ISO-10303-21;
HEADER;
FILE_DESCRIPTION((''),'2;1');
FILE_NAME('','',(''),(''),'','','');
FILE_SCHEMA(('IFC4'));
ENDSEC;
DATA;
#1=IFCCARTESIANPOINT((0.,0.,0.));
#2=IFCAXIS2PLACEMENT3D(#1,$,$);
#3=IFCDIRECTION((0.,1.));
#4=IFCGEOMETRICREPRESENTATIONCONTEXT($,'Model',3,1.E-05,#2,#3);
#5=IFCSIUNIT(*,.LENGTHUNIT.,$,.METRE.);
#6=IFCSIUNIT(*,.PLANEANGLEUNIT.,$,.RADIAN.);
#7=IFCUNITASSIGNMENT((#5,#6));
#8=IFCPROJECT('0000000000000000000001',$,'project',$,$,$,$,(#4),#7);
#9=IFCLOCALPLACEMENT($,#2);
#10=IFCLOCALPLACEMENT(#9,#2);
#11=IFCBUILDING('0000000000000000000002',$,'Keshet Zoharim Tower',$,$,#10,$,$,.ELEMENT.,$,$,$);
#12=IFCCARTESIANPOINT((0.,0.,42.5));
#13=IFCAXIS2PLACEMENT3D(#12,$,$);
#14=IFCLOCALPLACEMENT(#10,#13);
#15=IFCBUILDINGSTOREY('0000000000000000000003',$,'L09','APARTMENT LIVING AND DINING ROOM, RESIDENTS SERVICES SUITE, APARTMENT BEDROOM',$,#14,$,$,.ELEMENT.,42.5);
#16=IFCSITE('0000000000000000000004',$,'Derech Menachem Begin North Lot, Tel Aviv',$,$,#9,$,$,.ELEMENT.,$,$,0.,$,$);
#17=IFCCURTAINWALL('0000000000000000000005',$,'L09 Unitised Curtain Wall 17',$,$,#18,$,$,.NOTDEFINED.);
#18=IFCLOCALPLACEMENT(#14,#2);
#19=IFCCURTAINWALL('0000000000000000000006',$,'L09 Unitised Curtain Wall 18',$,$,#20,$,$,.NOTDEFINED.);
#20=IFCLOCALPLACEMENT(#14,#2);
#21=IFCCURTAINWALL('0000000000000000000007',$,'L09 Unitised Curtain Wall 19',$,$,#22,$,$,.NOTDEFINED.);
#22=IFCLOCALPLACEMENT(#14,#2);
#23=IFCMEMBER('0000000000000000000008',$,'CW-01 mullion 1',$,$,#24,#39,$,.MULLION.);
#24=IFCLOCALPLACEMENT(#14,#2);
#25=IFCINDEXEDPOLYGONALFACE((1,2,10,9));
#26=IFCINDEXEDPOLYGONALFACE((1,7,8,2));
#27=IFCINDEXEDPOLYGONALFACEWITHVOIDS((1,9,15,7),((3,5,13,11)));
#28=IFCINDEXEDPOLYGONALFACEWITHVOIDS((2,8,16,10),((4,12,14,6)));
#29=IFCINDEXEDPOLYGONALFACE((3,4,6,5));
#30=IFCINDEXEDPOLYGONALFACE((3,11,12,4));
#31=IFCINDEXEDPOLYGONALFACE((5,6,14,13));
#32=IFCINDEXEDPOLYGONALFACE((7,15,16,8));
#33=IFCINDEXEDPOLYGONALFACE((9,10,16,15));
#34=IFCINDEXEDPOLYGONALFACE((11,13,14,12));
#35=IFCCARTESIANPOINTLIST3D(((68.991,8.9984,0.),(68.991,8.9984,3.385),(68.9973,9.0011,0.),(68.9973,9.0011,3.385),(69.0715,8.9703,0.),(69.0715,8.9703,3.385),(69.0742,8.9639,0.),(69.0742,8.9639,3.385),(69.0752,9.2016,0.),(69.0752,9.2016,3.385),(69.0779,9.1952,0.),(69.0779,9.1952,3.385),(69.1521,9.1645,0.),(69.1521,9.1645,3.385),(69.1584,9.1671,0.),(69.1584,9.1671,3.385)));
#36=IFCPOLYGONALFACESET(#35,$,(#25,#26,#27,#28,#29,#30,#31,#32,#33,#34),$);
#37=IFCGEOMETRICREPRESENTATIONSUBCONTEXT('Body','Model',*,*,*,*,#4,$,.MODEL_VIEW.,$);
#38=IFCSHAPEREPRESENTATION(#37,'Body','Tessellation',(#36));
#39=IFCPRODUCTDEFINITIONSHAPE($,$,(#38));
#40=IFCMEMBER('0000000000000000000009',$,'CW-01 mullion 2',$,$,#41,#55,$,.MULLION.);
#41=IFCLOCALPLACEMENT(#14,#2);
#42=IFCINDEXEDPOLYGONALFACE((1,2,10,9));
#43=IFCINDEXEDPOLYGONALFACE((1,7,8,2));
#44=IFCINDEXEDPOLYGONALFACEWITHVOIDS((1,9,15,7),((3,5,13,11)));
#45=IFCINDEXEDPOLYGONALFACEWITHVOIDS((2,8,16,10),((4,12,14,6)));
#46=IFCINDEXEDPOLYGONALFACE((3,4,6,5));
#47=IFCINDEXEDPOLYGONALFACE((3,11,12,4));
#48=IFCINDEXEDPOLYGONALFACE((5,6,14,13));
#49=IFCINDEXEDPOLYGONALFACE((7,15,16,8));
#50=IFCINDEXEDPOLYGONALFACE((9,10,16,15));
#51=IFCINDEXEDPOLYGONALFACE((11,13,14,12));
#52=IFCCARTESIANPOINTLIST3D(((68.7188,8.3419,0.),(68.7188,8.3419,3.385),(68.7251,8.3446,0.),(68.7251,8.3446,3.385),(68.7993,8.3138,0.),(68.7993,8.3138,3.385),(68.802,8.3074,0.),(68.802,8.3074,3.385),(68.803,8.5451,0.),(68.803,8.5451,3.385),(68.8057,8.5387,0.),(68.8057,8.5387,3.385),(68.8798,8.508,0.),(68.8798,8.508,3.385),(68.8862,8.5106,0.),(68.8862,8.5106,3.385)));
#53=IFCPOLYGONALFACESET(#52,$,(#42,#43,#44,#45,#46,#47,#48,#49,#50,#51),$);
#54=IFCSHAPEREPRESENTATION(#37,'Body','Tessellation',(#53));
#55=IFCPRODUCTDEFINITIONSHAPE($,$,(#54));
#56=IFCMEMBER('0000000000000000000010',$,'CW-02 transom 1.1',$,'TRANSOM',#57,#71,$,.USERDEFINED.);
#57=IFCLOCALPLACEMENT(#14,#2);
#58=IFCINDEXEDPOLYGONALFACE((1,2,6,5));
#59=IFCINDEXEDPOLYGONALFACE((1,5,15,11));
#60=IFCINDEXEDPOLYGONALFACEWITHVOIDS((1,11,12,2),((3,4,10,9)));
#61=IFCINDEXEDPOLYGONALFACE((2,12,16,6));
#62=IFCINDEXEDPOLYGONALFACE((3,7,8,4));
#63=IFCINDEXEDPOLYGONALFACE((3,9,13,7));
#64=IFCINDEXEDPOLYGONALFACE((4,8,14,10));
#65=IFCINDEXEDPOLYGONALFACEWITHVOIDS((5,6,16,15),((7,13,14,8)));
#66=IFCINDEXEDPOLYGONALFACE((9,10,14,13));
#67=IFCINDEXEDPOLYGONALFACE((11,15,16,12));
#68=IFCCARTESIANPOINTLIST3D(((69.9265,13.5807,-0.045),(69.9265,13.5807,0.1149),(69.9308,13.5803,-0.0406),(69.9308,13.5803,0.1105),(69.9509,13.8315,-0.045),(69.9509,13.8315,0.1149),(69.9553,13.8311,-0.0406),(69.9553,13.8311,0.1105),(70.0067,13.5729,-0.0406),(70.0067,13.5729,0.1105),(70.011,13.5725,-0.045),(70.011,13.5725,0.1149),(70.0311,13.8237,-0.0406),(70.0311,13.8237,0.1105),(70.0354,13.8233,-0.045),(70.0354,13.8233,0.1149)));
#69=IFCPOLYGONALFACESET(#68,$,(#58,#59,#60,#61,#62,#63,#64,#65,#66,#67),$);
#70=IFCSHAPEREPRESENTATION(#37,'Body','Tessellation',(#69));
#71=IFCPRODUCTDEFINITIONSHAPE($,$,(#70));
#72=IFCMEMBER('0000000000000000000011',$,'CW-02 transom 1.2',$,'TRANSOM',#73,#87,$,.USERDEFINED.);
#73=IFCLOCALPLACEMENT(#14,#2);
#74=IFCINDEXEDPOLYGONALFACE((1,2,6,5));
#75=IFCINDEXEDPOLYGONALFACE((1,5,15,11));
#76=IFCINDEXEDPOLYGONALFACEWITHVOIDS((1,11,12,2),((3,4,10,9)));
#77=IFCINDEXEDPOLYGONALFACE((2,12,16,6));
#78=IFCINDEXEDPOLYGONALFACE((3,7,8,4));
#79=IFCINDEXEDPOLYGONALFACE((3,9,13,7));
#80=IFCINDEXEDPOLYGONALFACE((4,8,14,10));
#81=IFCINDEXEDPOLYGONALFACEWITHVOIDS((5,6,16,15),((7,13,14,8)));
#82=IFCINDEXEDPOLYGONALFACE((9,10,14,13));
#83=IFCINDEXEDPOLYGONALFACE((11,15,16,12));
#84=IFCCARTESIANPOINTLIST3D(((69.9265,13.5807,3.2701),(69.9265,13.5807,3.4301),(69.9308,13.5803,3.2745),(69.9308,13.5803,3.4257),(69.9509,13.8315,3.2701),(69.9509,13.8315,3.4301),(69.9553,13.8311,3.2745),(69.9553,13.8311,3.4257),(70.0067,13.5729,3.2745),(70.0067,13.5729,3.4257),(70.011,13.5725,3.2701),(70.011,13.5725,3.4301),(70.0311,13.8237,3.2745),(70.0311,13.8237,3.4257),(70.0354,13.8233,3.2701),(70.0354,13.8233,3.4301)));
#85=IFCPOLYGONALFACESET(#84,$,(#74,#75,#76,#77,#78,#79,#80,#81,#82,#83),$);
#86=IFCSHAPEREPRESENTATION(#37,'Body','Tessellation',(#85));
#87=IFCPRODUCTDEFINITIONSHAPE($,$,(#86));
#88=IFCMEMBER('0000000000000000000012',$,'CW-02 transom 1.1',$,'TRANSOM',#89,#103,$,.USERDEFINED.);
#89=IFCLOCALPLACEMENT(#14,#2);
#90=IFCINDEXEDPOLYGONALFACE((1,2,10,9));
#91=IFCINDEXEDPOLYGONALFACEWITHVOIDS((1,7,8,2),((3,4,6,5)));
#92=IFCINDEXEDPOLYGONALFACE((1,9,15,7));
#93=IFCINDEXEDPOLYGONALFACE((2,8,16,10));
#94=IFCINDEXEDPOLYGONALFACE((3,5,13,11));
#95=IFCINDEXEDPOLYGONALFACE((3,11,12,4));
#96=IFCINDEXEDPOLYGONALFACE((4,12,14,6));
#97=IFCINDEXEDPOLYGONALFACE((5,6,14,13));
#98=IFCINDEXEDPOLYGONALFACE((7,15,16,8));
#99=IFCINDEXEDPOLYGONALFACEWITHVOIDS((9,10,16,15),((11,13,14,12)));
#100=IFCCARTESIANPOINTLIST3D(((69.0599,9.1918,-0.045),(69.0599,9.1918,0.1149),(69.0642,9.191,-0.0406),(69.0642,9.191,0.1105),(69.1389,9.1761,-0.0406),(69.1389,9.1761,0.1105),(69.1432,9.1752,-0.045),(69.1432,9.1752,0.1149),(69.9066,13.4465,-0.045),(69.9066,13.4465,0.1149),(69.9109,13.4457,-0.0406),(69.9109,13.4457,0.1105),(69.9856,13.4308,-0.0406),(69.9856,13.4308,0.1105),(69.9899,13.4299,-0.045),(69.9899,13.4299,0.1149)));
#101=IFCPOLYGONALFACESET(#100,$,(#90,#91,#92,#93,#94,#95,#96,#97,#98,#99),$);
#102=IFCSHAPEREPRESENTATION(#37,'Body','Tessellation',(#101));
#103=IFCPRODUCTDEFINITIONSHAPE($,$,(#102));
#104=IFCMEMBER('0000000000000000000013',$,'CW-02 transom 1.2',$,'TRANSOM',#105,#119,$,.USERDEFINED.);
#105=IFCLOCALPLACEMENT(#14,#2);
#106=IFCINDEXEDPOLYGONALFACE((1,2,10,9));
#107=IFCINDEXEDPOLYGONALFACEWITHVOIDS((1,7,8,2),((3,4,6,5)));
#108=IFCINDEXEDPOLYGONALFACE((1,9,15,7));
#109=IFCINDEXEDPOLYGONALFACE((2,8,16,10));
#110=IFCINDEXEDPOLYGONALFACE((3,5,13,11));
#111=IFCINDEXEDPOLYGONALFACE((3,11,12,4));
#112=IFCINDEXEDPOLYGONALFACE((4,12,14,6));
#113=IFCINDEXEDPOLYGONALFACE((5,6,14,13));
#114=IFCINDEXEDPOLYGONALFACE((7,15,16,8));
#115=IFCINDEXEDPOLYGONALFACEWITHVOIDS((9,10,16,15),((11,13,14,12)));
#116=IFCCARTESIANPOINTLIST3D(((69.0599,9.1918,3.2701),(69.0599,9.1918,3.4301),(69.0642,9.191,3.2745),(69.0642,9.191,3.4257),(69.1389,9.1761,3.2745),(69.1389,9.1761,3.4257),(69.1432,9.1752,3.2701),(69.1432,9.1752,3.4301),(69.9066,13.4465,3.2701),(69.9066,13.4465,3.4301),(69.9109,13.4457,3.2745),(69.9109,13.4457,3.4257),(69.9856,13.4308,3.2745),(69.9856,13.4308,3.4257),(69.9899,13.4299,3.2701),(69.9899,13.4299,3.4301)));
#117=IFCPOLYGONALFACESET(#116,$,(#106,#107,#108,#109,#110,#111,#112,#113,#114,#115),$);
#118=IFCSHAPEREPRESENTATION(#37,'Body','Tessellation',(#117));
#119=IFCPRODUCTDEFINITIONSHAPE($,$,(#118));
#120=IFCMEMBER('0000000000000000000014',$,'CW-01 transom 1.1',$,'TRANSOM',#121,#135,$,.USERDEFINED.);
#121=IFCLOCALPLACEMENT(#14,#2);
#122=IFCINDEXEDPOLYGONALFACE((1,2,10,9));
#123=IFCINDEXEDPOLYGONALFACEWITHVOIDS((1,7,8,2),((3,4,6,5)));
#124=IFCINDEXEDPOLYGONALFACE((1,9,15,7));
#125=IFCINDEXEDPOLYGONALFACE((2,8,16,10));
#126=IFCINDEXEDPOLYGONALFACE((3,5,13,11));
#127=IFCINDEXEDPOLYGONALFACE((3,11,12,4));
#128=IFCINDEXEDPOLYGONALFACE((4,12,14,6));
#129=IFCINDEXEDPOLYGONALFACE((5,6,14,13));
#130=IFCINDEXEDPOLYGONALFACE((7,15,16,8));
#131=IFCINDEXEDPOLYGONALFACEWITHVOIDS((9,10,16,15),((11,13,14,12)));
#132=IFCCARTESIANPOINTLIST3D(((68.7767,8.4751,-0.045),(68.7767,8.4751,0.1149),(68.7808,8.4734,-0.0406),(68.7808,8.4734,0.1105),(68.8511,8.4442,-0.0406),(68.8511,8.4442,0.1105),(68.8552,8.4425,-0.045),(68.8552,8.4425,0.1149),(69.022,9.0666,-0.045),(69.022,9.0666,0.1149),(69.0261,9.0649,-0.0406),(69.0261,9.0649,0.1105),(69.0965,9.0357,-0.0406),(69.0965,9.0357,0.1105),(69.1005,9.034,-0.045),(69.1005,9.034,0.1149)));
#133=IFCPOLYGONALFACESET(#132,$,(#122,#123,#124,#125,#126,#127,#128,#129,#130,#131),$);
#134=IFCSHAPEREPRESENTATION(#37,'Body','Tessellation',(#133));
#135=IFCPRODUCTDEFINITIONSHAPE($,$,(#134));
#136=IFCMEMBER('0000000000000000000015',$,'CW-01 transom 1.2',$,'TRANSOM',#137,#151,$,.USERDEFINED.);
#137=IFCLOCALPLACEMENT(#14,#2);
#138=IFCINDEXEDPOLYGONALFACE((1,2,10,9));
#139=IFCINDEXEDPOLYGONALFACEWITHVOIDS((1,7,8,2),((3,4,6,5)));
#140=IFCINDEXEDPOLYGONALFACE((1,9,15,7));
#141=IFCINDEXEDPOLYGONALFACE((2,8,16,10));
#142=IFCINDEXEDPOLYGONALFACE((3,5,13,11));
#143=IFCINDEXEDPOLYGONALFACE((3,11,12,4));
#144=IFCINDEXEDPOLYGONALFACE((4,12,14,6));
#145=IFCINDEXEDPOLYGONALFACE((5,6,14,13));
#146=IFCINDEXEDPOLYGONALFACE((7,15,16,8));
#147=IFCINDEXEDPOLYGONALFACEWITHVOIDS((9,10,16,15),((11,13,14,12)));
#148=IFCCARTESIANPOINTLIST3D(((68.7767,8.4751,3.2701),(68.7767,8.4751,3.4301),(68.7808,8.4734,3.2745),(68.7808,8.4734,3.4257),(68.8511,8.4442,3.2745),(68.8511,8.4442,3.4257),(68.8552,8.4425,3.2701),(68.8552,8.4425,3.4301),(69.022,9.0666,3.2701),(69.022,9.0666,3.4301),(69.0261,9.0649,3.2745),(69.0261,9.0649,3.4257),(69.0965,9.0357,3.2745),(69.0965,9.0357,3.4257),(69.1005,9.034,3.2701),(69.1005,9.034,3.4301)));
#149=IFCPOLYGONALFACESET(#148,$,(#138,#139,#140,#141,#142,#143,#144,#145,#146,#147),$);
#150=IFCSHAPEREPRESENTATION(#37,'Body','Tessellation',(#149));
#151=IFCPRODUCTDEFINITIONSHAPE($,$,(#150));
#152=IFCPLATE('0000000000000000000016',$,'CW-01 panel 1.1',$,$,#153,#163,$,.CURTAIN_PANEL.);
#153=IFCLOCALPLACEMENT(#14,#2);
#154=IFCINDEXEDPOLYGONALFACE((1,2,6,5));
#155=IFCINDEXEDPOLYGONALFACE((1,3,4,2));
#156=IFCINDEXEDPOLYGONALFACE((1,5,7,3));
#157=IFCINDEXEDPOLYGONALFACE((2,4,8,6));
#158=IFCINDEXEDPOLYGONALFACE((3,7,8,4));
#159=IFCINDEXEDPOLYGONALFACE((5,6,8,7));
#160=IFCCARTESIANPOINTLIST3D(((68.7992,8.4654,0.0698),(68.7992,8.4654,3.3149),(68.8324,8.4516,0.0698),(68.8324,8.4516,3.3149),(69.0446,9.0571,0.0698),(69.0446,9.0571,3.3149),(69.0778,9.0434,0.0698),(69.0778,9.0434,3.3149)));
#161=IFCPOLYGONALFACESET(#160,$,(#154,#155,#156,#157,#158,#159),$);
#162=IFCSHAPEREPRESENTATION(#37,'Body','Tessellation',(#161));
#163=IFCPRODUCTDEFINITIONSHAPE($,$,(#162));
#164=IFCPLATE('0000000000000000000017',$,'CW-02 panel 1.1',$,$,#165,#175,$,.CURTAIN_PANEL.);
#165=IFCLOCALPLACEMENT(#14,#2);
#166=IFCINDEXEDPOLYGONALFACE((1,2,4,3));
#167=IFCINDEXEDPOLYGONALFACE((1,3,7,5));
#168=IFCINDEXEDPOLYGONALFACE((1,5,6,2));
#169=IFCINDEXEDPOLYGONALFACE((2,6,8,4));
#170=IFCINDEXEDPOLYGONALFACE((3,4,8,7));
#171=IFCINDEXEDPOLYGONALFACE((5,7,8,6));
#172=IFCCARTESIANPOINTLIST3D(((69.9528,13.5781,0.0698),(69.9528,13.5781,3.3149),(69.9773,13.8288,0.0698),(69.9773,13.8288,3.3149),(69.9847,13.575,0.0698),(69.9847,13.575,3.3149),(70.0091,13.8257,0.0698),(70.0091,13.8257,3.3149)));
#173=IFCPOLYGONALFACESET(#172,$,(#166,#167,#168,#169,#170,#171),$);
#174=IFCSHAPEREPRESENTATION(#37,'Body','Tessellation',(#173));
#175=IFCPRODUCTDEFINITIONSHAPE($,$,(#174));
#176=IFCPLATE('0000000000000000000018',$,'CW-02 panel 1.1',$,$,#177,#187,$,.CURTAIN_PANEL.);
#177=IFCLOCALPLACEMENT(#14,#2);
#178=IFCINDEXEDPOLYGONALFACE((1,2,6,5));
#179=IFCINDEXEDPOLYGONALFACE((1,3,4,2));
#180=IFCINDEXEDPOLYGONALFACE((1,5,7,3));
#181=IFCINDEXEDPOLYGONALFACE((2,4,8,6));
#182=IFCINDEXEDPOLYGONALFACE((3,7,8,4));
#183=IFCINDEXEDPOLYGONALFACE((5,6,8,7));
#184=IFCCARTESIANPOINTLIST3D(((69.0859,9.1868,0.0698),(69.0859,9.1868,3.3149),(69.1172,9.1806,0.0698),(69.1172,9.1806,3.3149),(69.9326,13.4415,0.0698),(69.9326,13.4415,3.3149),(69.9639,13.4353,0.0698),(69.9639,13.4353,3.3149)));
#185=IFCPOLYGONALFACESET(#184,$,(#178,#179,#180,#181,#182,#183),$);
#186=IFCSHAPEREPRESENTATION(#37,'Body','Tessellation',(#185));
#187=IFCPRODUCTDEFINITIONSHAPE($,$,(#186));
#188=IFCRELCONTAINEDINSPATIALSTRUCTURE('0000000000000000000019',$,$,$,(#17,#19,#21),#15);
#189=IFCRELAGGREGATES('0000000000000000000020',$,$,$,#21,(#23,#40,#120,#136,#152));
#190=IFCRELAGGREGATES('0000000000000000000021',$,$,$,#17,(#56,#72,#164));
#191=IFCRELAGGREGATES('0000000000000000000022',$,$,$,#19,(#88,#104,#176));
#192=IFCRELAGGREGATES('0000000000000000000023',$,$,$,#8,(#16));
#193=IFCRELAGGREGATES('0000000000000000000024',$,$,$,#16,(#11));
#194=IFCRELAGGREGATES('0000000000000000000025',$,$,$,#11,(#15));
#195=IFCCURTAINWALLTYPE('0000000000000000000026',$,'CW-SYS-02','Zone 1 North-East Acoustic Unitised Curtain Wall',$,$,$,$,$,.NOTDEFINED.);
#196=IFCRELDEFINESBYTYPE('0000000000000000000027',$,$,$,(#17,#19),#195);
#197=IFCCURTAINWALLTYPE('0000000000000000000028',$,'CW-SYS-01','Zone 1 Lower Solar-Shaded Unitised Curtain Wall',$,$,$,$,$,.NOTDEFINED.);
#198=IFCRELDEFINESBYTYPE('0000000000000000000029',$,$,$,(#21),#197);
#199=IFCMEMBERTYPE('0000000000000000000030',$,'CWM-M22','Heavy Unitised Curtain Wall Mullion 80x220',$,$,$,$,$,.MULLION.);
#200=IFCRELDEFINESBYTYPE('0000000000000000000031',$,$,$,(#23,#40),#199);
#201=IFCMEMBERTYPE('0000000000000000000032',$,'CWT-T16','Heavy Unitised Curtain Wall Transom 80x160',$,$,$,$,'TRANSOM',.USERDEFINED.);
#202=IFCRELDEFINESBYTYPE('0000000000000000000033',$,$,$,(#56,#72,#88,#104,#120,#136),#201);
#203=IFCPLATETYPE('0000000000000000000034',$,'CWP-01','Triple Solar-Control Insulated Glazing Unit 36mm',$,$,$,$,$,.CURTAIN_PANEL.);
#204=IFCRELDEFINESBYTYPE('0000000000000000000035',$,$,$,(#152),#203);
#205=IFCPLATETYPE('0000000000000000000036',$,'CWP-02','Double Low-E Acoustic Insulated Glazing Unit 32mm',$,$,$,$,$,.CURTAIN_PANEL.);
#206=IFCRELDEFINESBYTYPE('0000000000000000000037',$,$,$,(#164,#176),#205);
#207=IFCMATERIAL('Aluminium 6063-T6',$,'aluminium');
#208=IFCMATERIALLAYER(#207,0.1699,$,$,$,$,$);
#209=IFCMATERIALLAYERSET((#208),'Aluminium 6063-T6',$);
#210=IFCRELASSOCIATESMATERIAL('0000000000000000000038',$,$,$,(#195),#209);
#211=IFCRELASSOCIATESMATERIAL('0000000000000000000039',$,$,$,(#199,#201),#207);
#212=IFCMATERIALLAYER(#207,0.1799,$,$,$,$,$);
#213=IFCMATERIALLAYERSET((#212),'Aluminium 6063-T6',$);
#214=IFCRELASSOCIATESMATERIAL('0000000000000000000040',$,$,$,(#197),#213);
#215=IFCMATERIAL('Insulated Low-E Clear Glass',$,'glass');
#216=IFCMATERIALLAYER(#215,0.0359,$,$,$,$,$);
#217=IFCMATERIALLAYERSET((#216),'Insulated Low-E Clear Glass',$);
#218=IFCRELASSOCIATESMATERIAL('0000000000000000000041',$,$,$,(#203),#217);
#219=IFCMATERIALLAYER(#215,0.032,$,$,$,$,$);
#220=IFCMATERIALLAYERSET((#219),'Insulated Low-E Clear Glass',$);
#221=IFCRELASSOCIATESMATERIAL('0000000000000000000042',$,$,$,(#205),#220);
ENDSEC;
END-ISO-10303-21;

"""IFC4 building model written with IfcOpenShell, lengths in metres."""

from ifc_helpers import new_model, si_unit, direction, frame, origin, origin_2d, place, context, subcontext, project, spatial, rectangle, hollow_rectangle, extrude, material, layer, layer_set, material_profile, profile_set, type_object, element, aggregate, save


model = new_model("IFC4")

# Units and contexts
model_context = context("Model", 3, precision=1e-05, world=origin(), true_north=direction((0.0, 1.0)))
body_context = subcontext(model_context, "Body", "Model", "MODEL_VIEW")
ifc_project = project(units=[si_unit("LENGTHUNIT", "METRE"), si_unit("PLANEANGLEUNIT", "RADIAN")], contexts=[model_context])

# Site, building, storey
site_placement = place(None, origin())
site = spatial("IfcSite", under=ifc_project, at=site_placement, Name="Derech Menachem Begin North Lot, Tel Aviv", CompositionType="ELEMENT", RefElevation=0.0)
building_placement = place(site_placement, origin())
building = spatial("IfcBuilding", under=site, at=building_placement, Name="Keshet Zoharim Tower", CompositionType="ELEMENT")
storey_placement = place(building_placement, frame((0.0, 0.0, 42.5)))
storey = spatial("IfcBuildingStorey", under=building, at=storey_placement, Name="L09", Description="APARTMENT LIVING AND DINING ROOM, RESIDENTS SERVICES SUITE, APARTMENT BEDROOM", CompositionType="ELEMENT", Elevation=42.5)

# Shared definitions
ifc_material_1 = material(Name="Aluminium 6063-T6", Category="aluminium")
ifc_layer_1 = layer(ifc_material_1, 0.1699)
ifc_layer_set_1 = layer_set([ifc_layer_1], Name="Aluminium 6063-T6")
curtain_wall_type_1 = type_object("IfcCurtainWallType", Name="CW-SYS-02", Description="Zone 1 North-East Acoustic Unitised Curtain Wall", PredefinedType="NOTDEFINED", material=ifc_layer_set_1)
ifc_material_profile_1 = material_profile(ifc_material_1, hollow_rectangle(XDim=0.0901, YDim=0.22, WallThickness=0.0049, at=origin_2d()), Name="MUL-90x220")
ifc_profile_set_1 = profile_set([ifc_material_profile_1], Name="Aluminium 6063-T6")
member_type_1 = type_object("IfcMemberType", Name="CWM-M22", Description="Heavy Unitised Curtain Wall Mullion 80x220", PredefinedType="MULLION", material=ifc_profile_set_1)

# Curtain walls, members
curtain_wall_1_placement = place(storey_placement, origin())
curtain_wall_1 = element("IfcCurtainWall", 1, at=curtain_wall_1_placement, inside=storey, type_object=curtain_wall_type_1, Name="L09 Unitised Curtain Wall 17", PredefinedType="NOTDEFINED")
curtain_wall_2_placement = place(storey_placement, origin())
curtain_wall_2 = element("IfcCurtainWall", 2, at=curtain_wall_2_placement, inside=storey, type_object=curtain_wall_type_1, Name="L09 Unitised Curtain Wall 18", PredefinedType="NOTDEFINED")
ifc_layer_2 = layer(ifc_material_1, 0.1799)
ifc_layer_set_2 = layer_set([ifc_layer_2], Name="Aluminium 6063-T6")
curtain_wall_type_2 = type_object("IfcCurtainWallType", Name="CW-SYS-01", Description="Zone 1 Lower Solar-Shaded Unitised Curtain Wall", PredefinedType="NOTDEFINED", material=ifc_layer_set_2)
curtain_wall_3_placement = place(storey_placement, origin())
curtain_wall_3 = element("IfcCurtainWall", 3, at=curtain_wall_3_placement, inside=storey, type_object=curtain_wall_type_2, Name="L09 Unitised Curtain Wall 19", PredefinedType="NOTDEFINED")
member_1_placement = place(storey_placement, frame((69.0747, 9.0828, 0.0), z_axis=(0.0, 0.0, 1.0), x_axis=(0.92372, -0.383068, 0.0)))
member_1 = element("IfcMember", 4, at=member_1_placement, type_object=member_type_1, Name="CW-01 mullion 1", PredefinedType="MULLION", context=body_context, shape_type="SweptSolid", body=[
    extrude(hollow_rectangle(XDim=0.0901, YDim=0.22, WallThickness=0.0049, at=origin_2d()), origin(), (0.0, 0.0, 1.0), 3.385),
])
member_2_placement = place(storey_placement, frame((68.8025, 8.4263, 0.0), z_axis=(0.0, 0.0, 1.0), x_axis=(0.92372, -0.383068, 0.0)))
member_2 = element("IfcMember", 5, at=member_2_placement, type_object=member_type_1, Name="CW-01 mullion 2", PredefinedType="MULLION", context=body_context, shape_type="SweptSolid", body=[
    extrude(hollow_rectangle(XDim=0.0901, YDim=0.22, WallThickness=0.0049, at=origin_2d()), origin(), (0.0, 0.0, 1.0), 3.385),
])

# Members
ifc_material_profile_2 = material_profile(ifc_material_1, hollow_rectangle(XDim=0.085, YDim=0.1599, WallThickness=0.0044, at=origin_2d()), Name="TRN-85x160")
ifc_profile_set_2 = profile_set([ifc_material_profile_2], Name="Aluminium 6063-T6")
member_type_2 = type_object("IfcMemberType", Name="CWT-T16", Description="Heavy Unitised Curtain Wall Transom 80x160", ElementType="TRANSOM", PredefinedType="USERDEFINED", material=ifc_profile_set_2)
member_3_placement = place(storey_placement, frame((69.9932, 13.8274, 0.0349), z_axis=(-0.096913, -0.995293, 0.0), x_axis=(0.995293, -0.096913, 0.0)))
member_3 = element("IfcMember", 6, at=member_3_placement, type_object=member_type_2, Name="CW-02 transom 1.1", ObjectType="TRANSOM", PredefinedType="USERDEFINED", context=body_context, shape_type="SweptSolid", body=[
    extrude(hollow_rectangle(XDim=0.085, YDim=0.1599, WallThickness=0.0044, at=origin_2d()), origin(), (0.0, 0.0, 1.0), 0.252),
])
member_4_placement = place(storey_placement, frame((69.9932, 13.8274, 3.3501), z_axis=(-0.096913, -0.995293, 0.0), x_axis=(0.995293, -0.096913, 0.0)))
member_4 = element("IfcMember", 7, at=member_4_placement, type_object=member_type_2, Name="CW-02 transom 1.2", ObjectType="TRANSOM", PredefinedType="USERDEFINED", context=body_context, shape_type="SweptSolid", body=[
    extrude(hollow_rectangle(XDim=0.085, YDim=0.1599, WallThickness=0.0044, at=origin_2d()), origin(), (0.0, 0.0, 1.0), 0.252),
])
member_5_placement = place(storey_placement, frame((69.9482, 13.4382, 0.0349), z_axis=(-0.195174, -0.980769, 0.0), x_axis=(0.980769, -0.195174, 0.0)))
member_5 = element("IfcMember", 8, at=member_5_placement, type_object=member_type_2, Name="CW-02 transom 1.1", ObjectType="TRANSOM", PredefinedType="USERDEFINED", context=body_context, shape_type="SweptSolid", body=[
    extrude(hollow_rectangle(XDim=0.085, YDim=0.1599, WallThickness=0.0044, at=origin_2d()), origin(), (0.0, 0.0, 1.0), 4.3381),
])
member_6_placement = place(storey_placement, frame((69.9482, 13.4382, 3.3501), z_axis=(-0.195174, -0.980769, 0.0), x_axis=(0.980769, -0.195174, 0.0)))
member_6 = element("IfcMember", 9, at=member_6_placement, type_object=member_type_2, Name="CW-02 transom 1.2", ObjectType="TRANSOM", PredefinedType="USERDEFINED", context=body_context, shape_type="SweptSolid", body=[
    extrude(hollow_rectangle(XDim=0.085, YDim=0.1599, WallThickness=0.0044, at=origin_2d()), origin(), (0.0, 0.0, 1.0), 4.3381),
])
member_7_placement = place(storey_placement, frame((69.0613, 9.0503, 0.0349), z_axis=(-0.383126, -0.923696, 0.0), x_axis=(0.923696, -0.383126, 0.0)))
member_7 = element("IfcMember", 10, at=member_7_placement, type_object=member_type_2, Name="CW-01 transom 1.1", ObjectType="TRANSOM", PredefinedType="USERDEFINED", context=body_context, shape_type="SweptSolid", body=[
    extrude(hollow_rectangle(XDim=0.085, YDim=0.1599, WallThickness=0.0044, at=origin_2d()), origin(), (0.0, 0.0, 1.0), 0.6404),
])
member_8_placement = place(storey_placement, frame((69.0613, 9.0503, 3.3501), z_axis=(-0.383126, -0.923696, 0.0), x_axis=(0.923696, -0.383126, 0.0)))
member_8 = element("IfcMember", 11, at=member_8_placement, type_object=member_type_2, Name="CW-01 transom 1.2", ObjectType="TRANSOM", PredefinedType="USERDEFINED", context=body_context, shape_type="SweptSolid", body=[
    extrude(hollow_rectangle(XDim=0.085, YDim=0.1599, WallThickness=0.0044, at=origin_2d()), origin(), (0.0, 0.0, 1.0), 0.6404),
])

# Plates
ifc_material_2 = material(Name="Insulated Low-E Clear Glass", Category="glass")
ifc_layer_3 = layer(ifc_material_2, 0.0359)
ifc_layer_set_3 = layer_set([ifc_layer_3], Name="Insulated Low-E Clear Glass")
plate_type_1 = type_object("IfcPlateType", Name="CWP-01", Description="Triple Solar-Control Insulated Glazing Unit 36mm", PredefinedType="CURTAIN_PANEL", material=ifc_layer_set_3)
plate_1_placement = place(storey_placement, frame((68.9385, 8.7544, 0.0698), z_axis=(0.0, 0.0, 1.0), x_axis=(-0.383068, -0.92372, 0.0)))
plate_1 = element("IfcPlate", 12, at=plate_1_placement, type_object=plate_type_1, Name="CW-01 panel 1.1", PredefinedType="CURTAIN_PANEL", context=body_context, shape_type="SweptSolid", body=[
    extrude(rectangle(XDim=0.6406, YDim=0.0359, at=origin_2d()), origin(), (0.0, 0.0, 1.0), 3.2451),
])
aggregate(curtain_wall_3, [member_1, member_2, member_7, member_8, plate_1])
ifc_layer_4 = layer(ifc_material_2, 0.032)
ifc_layer_set_4 = layer_set([ifc_layer_4], Name="Insulated Low-E Clear Glass")
plate_type_2 = type_object("IfcPlateType", Name="CWP-02", Description="Double Low-E Acoustic Insulated Glazing Unit 32mm", PredefinedType="CURTAIN_PANEL", material=ifc_layer_set_4)
plate_2_placement = place(storey_placement, frame((69.981, 13.7019, 0.0698), z_axis=(0.0, 0.0, 1.0), x_axis=(-0.096977, -0.995287, 0.0)))
plate_2 = element("IfcPlate", 13, at=plate_2_placement, type_object=plate_type_2, Name="CW-02 panel 1.1", PredefinedType="CURTAIN_PANEL", context=body_context, shape_type="SweptSolid", body=[
    extrude(rectangle(XDim=0.252, YDim=0.032, at=origin_2d()), origin(), (0.0, 0.0, 1.0), 3.2451),
])
aggregate(curtain_wall_1, [member_3, member_4, plate_2])
plate_3_placement = place(storey_placement, frame((69.5249, 11.311, 0.0698), z_axis=(0.0, 0.0, 1.0), x_axis=(-0.195171, -0.980769, 0.0)))
plate_3 = element("IfcPlate", 14, at=plate_3_placement, type_object=plate_type_2, Name="CW-02 panel 1.1", PredefinedType="CURTAIN_PANEL", context=body_context, shape_type="SweptSolid", body=[
    extrude(rectangle(XDim=4.3381, YDim=0.032, at=origin_2d()), origin(), (0.0, 0.0, 1.0), 3.2451),
])
aggregate(curtain_wall_2, [member_5, member_6, plate_3])

save(model, "model.ifc")
